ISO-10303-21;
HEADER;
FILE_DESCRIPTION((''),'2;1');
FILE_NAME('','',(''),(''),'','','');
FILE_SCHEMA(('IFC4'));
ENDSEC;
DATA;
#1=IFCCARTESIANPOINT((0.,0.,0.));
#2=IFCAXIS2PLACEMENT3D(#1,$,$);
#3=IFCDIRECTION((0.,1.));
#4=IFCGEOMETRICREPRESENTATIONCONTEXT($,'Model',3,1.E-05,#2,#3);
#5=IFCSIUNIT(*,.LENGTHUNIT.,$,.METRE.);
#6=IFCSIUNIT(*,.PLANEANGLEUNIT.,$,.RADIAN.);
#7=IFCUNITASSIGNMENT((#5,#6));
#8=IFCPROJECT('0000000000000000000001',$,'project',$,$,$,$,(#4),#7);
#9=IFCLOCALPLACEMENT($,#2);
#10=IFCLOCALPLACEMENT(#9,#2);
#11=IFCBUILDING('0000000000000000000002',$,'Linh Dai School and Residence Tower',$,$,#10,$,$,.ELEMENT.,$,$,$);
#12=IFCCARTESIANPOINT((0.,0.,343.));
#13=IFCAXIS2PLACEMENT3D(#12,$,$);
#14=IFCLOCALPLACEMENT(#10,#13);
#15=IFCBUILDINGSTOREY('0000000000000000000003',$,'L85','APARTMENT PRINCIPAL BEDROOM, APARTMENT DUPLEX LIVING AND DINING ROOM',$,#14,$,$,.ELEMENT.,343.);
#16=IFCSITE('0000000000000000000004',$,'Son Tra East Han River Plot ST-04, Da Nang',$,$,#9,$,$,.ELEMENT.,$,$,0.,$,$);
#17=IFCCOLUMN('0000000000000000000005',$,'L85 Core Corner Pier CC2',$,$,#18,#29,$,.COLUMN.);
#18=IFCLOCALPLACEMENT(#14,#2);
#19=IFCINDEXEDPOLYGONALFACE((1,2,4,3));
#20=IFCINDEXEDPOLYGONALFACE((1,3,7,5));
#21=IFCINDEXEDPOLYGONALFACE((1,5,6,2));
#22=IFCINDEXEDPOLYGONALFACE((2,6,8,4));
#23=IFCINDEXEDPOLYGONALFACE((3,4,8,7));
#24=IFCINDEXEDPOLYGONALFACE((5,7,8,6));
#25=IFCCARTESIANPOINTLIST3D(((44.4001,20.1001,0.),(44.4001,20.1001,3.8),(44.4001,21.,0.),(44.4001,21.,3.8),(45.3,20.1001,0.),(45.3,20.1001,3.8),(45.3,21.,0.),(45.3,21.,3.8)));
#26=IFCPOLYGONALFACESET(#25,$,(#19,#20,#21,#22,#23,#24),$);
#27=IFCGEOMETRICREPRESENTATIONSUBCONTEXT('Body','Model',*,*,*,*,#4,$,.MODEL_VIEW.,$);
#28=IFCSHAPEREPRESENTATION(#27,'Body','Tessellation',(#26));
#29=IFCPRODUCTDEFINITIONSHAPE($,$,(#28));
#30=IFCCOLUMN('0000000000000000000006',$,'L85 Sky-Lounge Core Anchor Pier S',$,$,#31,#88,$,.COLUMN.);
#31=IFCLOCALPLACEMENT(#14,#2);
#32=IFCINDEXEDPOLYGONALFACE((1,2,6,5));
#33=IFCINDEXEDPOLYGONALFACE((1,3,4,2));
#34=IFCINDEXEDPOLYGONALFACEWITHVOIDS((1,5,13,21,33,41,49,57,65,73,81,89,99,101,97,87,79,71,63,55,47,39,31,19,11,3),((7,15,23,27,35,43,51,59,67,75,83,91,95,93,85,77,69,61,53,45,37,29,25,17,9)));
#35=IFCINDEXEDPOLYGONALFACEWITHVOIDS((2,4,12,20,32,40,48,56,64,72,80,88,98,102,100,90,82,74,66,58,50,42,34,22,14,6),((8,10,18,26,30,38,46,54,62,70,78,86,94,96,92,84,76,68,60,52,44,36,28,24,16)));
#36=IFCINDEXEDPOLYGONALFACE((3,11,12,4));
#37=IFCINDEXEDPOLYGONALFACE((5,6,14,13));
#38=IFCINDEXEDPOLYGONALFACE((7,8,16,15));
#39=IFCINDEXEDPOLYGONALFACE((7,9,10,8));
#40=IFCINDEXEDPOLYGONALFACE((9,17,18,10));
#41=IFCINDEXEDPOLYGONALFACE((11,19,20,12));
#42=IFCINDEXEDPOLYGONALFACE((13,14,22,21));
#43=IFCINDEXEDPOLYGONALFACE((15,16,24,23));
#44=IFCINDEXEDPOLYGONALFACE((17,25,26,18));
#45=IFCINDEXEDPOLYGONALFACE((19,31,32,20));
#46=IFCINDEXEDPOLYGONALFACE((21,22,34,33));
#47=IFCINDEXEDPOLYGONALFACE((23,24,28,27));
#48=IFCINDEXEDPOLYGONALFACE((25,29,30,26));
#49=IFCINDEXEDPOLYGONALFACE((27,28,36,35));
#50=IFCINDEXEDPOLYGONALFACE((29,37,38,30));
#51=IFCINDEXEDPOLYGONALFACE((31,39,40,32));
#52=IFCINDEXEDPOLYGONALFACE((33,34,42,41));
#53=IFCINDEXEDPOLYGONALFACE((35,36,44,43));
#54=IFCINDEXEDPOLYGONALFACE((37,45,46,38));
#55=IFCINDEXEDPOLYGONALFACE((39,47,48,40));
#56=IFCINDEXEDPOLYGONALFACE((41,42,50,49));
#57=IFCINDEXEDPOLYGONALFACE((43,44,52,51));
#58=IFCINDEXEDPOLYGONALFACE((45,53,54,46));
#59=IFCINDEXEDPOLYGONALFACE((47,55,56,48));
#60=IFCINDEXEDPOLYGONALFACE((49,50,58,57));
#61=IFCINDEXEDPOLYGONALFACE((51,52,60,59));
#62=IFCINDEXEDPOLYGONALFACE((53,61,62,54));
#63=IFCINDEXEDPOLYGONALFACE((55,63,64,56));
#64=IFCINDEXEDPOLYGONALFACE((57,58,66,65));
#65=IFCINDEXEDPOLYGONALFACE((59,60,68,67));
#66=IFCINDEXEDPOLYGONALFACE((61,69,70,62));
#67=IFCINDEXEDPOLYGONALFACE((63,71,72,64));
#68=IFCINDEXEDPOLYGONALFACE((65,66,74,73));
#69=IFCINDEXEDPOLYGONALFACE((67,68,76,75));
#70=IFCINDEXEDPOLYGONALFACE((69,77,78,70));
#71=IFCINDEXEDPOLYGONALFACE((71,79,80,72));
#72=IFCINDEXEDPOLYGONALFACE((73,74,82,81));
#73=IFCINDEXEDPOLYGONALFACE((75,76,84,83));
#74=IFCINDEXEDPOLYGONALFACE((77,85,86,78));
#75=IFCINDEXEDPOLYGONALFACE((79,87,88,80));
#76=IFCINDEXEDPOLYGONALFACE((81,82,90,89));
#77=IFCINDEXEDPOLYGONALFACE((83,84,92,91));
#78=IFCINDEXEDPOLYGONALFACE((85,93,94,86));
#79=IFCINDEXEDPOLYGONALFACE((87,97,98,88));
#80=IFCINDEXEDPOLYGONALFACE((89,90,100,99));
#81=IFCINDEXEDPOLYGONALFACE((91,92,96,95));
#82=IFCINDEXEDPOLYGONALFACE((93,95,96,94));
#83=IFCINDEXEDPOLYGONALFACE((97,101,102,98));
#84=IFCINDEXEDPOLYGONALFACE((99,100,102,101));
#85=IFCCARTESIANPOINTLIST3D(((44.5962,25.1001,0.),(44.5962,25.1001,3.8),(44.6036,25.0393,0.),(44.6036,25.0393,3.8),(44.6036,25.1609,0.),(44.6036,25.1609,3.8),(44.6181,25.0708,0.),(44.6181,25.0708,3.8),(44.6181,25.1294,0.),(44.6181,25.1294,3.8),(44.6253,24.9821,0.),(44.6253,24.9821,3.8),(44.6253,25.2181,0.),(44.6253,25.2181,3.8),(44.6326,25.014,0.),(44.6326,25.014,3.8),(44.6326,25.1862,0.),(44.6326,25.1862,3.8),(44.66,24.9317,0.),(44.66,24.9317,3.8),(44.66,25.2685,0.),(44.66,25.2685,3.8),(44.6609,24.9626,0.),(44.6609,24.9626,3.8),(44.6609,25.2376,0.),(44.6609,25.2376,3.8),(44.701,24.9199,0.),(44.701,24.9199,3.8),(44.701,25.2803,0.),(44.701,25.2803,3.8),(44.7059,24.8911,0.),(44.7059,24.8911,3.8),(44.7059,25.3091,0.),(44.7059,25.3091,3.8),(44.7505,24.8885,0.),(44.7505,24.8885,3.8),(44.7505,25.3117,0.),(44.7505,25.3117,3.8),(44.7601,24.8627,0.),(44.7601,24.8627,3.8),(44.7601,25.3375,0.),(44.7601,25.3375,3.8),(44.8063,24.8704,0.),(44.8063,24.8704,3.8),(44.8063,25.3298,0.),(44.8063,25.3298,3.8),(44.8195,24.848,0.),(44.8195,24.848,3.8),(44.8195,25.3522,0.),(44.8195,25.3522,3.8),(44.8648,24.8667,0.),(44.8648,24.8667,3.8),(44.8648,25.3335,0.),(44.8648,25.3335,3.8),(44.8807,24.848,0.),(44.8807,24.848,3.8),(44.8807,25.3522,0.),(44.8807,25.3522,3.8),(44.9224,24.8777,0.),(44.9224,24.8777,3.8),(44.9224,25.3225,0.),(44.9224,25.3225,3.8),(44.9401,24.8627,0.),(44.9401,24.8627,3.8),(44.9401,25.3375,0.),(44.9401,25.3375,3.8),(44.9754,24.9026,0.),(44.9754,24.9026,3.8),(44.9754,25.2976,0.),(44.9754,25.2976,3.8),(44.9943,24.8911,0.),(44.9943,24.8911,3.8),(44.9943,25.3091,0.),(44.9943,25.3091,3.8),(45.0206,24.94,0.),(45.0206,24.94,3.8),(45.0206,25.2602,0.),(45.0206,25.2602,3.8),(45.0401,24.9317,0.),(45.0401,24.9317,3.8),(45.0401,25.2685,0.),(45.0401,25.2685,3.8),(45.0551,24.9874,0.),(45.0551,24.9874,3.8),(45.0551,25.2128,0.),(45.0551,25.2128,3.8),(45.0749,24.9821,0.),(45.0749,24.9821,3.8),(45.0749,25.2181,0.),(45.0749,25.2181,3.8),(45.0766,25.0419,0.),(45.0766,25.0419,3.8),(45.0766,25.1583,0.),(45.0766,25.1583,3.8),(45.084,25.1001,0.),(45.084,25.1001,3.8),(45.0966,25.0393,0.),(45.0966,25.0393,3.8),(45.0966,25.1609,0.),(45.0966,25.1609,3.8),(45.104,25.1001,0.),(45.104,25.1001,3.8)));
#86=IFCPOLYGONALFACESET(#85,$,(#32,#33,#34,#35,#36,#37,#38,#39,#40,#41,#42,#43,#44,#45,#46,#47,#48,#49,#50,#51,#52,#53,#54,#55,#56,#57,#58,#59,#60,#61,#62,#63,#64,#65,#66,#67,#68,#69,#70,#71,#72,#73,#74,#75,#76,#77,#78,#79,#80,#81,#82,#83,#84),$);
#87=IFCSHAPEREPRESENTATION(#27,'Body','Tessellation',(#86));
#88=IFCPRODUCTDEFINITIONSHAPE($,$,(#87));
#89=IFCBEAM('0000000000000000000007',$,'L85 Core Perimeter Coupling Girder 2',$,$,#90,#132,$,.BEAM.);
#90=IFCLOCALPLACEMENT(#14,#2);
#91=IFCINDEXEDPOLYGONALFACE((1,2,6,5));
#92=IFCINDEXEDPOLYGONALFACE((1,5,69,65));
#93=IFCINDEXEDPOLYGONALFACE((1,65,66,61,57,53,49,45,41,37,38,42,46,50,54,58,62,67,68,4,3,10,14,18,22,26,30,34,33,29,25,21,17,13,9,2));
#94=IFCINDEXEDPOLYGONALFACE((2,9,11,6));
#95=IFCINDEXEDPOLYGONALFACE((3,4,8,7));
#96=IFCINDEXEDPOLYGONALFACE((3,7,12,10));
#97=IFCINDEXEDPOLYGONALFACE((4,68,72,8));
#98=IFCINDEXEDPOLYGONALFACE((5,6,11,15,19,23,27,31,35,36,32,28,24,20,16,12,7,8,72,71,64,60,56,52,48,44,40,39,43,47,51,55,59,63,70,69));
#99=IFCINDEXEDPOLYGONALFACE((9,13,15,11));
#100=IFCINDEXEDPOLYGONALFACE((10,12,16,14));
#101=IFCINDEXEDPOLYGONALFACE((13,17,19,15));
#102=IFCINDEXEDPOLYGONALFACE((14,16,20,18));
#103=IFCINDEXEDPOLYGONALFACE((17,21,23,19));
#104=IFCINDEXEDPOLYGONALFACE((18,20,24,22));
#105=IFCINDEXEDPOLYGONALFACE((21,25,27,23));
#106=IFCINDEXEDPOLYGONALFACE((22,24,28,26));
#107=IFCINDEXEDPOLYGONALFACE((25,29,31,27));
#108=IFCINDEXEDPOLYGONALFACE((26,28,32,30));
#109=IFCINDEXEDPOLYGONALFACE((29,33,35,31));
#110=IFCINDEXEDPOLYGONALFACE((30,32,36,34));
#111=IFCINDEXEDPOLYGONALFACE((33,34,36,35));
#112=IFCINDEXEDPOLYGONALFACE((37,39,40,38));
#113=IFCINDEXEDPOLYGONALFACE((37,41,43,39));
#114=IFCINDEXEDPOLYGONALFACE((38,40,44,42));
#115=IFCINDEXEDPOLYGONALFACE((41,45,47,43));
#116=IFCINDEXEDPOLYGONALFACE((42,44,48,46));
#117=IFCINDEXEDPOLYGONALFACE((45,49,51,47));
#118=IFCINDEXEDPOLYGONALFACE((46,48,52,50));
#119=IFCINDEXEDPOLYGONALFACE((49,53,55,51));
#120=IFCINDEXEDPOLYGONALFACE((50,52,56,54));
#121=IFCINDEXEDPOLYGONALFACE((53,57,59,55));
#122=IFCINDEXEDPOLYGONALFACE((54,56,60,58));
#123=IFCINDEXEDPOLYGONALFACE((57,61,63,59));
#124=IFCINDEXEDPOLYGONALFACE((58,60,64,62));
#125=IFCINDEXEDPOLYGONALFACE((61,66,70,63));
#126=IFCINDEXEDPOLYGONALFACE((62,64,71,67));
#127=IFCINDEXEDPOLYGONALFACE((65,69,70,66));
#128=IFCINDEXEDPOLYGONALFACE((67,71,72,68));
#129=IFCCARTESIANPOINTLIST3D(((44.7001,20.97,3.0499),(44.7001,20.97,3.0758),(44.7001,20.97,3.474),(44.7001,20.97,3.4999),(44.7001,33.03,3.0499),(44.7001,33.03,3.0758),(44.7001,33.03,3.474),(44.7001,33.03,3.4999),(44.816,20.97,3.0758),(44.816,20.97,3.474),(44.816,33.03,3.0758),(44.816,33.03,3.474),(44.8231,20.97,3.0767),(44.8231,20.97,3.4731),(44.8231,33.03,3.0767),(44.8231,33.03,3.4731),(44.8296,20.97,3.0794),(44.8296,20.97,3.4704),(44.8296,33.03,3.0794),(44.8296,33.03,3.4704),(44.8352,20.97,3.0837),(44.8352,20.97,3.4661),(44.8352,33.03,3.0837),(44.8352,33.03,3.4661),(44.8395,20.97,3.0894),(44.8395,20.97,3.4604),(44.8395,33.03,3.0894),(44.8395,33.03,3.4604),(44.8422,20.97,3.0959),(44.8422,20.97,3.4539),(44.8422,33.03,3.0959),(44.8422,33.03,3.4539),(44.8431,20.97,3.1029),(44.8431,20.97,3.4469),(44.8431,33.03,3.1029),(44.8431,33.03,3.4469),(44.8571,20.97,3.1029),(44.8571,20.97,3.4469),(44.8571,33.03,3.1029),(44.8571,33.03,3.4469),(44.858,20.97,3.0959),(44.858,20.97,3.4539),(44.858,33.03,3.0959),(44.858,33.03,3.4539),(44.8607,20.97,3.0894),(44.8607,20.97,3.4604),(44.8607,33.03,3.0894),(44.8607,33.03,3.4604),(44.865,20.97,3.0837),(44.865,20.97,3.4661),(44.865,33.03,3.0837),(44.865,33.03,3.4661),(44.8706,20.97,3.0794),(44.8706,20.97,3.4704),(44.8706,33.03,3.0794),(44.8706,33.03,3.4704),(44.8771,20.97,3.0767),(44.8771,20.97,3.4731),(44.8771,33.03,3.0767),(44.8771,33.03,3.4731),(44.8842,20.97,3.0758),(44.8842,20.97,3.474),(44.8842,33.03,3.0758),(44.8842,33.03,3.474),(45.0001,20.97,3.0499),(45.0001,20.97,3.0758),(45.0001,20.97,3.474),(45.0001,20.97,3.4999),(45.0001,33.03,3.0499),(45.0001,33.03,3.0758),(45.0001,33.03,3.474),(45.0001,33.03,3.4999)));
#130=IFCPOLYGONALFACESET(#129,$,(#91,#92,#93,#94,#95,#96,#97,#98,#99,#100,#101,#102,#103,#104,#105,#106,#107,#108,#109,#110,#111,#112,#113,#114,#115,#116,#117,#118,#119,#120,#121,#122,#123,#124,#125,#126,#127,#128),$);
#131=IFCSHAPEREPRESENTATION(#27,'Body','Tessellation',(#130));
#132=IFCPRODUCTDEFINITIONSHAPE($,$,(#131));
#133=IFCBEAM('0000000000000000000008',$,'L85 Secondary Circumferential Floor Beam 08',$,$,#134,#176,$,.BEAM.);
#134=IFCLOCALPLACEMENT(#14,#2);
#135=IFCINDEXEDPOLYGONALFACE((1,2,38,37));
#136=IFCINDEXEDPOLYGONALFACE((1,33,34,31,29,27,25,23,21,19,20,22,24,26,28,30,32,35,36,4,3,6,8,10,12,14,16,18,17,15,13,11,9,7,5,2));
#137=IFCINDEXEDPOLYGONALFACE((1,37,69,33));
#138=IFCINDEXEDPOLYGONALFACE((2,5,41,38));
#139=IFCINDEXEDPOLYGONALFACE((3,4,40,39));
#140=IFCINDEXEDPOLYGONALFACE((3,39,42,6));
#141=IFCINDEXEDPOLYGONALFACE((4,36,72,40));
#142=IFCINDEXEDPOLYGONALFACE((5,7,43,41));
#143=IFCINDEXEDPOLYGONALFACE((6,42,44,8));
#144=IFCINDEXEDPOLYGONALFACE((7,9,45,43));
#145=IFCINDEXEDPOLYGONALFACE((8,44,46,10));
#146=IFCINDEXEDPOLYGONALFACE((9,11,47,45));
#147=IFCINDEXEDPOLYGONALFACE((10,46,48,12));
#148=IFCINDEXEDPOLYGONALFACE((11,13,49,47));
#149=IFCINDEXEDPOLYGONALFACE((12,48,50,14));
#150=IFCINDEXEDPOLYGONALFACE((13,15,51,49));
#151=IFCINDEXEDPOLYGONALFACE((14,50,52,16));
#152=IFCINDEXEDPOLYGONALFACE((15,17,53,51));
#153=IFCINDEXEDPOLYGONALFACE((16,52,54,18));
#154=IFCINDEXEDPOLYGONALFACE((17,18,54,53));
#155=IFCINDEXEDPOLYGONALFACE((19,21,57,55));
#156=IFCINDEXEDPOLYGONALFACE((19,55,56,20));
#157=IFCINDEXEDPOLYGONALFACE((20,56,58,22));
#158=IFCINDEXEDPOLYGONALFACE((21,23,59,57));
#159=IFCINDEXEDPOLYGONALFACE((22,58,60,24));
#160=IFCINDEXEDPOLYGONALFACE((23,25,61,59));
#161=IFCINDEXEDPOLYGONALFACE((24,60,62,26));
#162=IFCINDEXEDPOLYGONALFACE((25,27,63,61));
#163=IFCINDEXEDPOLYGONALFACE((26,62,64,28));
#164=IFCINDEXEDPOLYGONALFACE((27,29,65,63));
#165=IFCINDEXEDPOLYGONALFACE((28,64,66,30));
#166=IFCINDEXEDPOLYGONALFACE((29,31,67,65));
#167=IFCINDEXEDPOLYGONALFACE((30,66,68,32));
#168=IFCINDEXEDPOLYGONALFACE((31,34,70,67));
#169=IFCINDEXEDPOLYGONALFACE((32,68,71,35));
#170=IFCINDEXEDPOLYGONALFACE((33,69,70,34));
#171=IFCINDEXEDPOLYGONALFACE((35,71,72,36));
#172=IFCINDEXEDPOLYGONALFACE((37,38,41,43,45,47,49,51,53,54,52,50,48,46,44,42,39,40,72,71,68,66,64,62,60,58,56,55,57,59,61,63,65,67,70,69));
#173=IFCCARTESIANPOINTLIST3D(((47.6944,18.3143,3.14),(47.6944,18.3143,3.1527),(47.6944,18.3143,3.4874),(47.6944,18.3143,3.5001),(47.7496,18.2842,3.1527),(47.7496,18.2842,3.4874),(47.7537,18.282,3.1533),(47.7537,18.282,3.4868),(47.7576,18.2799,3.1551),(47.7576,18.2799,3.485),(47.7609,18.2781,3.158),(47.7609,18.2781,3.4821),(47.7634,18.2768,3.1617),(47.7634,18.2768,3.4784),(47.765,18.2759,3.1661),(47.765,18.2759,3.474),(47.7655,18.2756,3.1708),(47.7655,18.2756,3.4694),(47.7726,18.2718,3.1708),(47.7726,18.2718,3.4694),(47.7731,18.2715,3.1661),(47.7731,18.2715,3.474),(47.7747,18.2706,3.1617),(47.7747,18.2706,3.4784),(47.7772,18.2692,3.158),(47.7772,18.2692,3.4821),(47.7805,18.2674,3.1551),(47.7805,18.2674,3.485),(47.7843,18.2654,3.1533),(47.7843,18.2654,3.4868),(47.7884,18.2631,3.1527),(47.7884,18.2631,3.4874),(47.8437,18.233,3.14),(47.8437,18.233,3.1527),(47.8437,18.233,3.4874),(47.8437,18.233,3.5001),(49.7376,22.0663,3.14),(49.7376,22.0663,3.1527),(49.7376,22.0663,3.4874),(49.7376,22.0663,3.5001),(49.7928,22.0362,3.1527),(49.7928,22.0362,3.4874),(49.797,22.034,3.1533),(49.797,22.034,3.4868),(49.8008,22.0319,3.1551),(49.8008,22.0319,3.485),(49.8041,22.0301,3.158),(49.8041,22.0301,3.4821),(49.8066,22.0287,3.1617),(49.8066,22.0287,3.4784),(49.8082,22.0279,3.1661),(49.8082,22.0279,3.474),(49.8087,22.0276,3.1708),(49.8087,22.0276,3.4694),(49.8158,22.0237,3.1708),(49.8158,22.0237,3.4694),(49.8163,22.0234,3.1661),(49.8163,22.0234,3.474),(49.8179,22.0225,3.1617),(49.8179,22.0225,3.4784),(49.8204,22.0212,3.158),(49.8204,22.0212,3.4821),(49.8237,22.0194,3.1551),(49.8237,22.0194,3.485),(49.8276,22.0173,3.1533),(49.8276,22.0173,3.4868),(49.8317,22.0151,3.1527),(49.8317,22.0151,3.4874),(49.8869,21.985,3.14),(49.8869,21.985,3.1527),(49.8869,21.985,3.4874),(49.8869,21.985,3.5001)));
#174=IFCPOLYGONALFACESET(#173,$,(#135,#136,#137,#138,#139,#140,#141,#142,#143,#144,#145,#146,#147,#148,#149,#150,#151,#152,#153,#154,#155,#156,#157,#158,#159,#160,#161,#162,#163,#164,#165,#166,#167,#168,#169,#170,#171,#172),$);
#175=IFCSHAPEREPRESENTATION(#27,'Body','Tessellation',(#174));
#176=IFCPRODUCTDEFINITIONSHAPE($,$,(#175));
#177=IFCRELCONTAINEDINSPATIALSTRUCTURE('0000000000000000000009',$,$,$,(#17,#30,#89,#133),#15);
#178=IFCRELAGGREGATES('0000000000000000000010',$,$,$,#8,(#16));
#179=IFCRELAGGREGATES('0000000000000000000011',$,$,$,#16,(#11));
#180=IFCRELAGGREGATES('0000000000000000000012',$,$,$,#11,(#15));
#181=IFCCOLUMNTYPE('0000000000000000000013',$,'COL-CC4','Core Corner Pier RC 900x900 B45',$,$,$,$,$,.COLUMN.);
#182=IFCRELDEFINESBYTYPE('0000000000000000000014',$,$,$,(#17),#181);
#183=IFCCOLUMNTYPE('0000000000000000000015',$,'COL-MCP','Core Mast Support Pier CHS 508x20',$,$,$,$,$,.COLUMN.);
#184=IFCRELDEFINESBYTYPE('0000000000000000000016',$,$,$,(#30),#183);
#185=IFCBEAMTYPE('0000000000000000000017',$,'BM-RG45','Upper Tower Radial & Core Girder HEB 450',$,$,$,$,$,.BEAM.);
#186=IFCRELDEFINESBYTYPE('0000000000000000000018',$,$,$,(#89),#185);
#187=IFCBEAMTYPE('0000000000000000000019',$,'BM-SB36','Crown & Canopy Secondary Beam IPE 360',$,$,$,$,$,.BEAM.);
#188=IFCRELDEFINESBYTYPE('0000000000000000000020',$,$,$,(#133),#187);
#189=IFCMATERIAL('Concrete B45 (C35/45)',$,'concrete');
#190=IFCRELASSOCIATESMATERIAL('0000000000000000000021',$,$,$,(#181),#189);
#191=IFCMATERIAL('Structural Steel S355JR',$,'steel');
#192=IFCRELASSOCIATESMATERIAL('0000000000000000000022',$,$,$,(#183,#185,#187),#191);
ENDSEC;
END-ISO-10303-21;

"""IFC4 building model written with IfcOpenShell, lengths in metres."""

from ifc_helpers import new_model, si_unit, direction, frame, origin, origin_2d, place, context, subcontext, project, spatial, rectangle, hollow_circle, i_section, extrude, material, material_profile, profile_set, type_object, element, save


model = new_model("IFC4")

# Units and contexts
model_context = context("Model", 3, precision=1e-05, world=origin(), true_north=direction((0.0, 1.0)))
body_context = subcontext(model_context, "Body", "Model", "MODEL_VIEW")
ifc_project = project(units=[si_unit("LENGTHUNIT", "METRE"), si_unit("PLANEANGLEUNIT", "RADIAN")], contexts=[model_context])

# Site, building, storey
site_placement = place(None, origin())
site = spatial("IfcSite", under=ifc_project, at=site_placement, Name="Son Tra East Han River Plot ST-04, Da Nang", CompositionType="ELEMENT", RefElevation=0.0)
building_placement = place(site_placement, origin())
building = spatial("IfcBuilding", under=site, at=building_placement, Name="Linh Dai School and Residence Tower", CompositionType="ELEMENT")
storey_placement = place(building_placement, frame((0.0, 0.0, 343.0)))
storey = spatial("IfcBuildingStorey", under=building, at=storey_placement, Name="L85", Description="APARTMENT PRINCIPAL BEDROOM, APARTMENT DUPLEX LIVING AND DINING ROOM", CompositionType="ELEMENT", Elevation=343.0)

# Columns
ifc_material_1 = material(Name="Concrete B45 (C35/45)", Category="concrete")
ifc_material_profile_1 = material_profile(ifc_material_1, rectangle(XDim=0.8999, YDim=0.8999, at=origin_2d()), Name="RC 900x900")
ifc_profile_set_1 = profile_set([ifc_material_profile_1], Name="Concrete B45 (C35/45)")
column_type_1 = type_object("IfcColumnType", Name="COL-CC4", Description="Core Corner Pier RC 900x900 B45", PredefinedType="COLUMN", material=ifc_profile_set_1)
column_1_placement = place(storey_placement, frame((44.8501, 20.55, 0.0), z_axis=(0.0, 0.0, 1.0), x_axis=(1.0, 0.0, 0.0)))
element("IfcColumn", 1, at=column_1_placement, inside=storey, type_object=column_type_1, Name="L85 Core Corner Pier CC2", PredefinedType="COLUMN", context=body_context, shape_type="SweptSolid", body=[
    extrude(rectangle(XDim=0.8999, YDim=0.8999, at=origin_2d()), origin(), (0.0, 0.0, 1.0), 3.8),
])
ifc_material_2 = material(Name="Structural Steel S355JR", Category="steel")
ifc_material_profile_2 = material_profile(ifc_material_2, hollow_circle(Radius=0.2539, WallThickness=0.02, at=origin_2d()), Name="CHS 508x20")
ifc_profile_set_2 = profile_set([ifc_material_profile_2], Name="Structural Steel S355JR")
column_type_2 = type_object("IfcColumnType", Name="COL-MCP", Description="Core Mast Support Pier CHS 508x20", PredefinedType="COLUMN", material=ifc_profile_set_2)
column_2_placement = place(storey_placement, frame((44.8501, 25.1001, 0.0), z_axis=(0.0, 0.0, 1.0), x_axis=(1.0, 0.0, 0.0)))
element("IfcColumn", 2, at=column_2_placement, inside=storey, type_object=column_type_2, Name="L85 Sky-Lounge Core Anchor Pier S", PredefinedType="COLUMN", context=body_context, shape_type="SweptSolid", body=[
    extrude(hollow_circle(Radius=0.2539, WallThickness=0.02, at=origin_2d()), origin(), (0.0, 0.0, 1.0), 3.8),
])

# Beams
ifc_material_profile_3 = material_profile(ifc_material_2, i_section(OverallWidth=0.3, OverallDepth=0.45, WebThickness=0.0139, FlangeThickness=0.0259, FilletRadius=0.0271, at=origin_2d()), Name="HEB 450")
ifc_profile_set_3 = profile_set([ifc_material_profile_3], Name="Structural Steel S355JR")
beam_type_1 = type_object("IfcBeamType", Name="BM-RG45", Description="Upper Tower Radial & Core Girder HEB 450", PredefinedType="BEAM", material=ifc_profile_set_3)
beam_1_placement = place(storey_placement, frame((44.8501, 20.97, 3.2749), z_axis=(0.0, 1.0, 0.0), x_axis=(-1.0, 0.0, 0.0)))
element("IfcBeam", 3, at=beam_1_placement, inside=storey, type_object=beam_type_1, Name="L85 Core Perimeter Coupling Girder 2", PredefinedType="BEAM", context=body_context, shape_type="SweptSolid", body=[
    extrude(i_section(OverallWidth=0.3, OverallDepth=0.45, WebThickness=0.0139, FlangeThickness=0.0259, FilletRadius=0.0271, at=origin_2d()), origin(), (0.0, 0.0, 1.0), 12.0601),
])
ifc_material_profile_4 = material_profile(ifc_material_2, i_section(OverallWidth=0.1699, OverallDepth=0.3601, WebThickness=0.0081, FlangeThickness=0.0127, FilletRadius=0.0181, at=origin_2d()), Name="IPE 360")
ifc_profile_set_4 = profile_set([ifc_material_profile_4], Name="Structural Steel S355JR")
beam_type_2 = type_object("IfcBeamType", Name="BM-SB36", Description="Crown & Canopy Secondary Beam IPE 360", PredefinedType="BEAM", material=ifc_profile_set_4)
beam_2_placement = place(storey_placement, frame((47.769, 18.2737, 3.3201), z_axis=(0.478255, 0.878221, 0.0), x_axis=(-0.878221, 0.478255, 0.0)))
element("IfcBeam", 4, at=beam_2_placement, inside=storey, type_object=beam_type_2, Name="L85 Secondary Circumferential Floor Beam 08", PredefinedType="BEAM", context=body_context, shape_type="SweptSolid", body=[
    extrude(i_section(OverallWidth=0.1699, OverallDepth=0.3601, WebThickness=0.0081, FlangeThickness=0.0127, FilletRadius=0.0181, at=origin_2d()), origin(), (0.0, 0.0, 1.0), 4.2722),
])

save(model, "model.ifc")
